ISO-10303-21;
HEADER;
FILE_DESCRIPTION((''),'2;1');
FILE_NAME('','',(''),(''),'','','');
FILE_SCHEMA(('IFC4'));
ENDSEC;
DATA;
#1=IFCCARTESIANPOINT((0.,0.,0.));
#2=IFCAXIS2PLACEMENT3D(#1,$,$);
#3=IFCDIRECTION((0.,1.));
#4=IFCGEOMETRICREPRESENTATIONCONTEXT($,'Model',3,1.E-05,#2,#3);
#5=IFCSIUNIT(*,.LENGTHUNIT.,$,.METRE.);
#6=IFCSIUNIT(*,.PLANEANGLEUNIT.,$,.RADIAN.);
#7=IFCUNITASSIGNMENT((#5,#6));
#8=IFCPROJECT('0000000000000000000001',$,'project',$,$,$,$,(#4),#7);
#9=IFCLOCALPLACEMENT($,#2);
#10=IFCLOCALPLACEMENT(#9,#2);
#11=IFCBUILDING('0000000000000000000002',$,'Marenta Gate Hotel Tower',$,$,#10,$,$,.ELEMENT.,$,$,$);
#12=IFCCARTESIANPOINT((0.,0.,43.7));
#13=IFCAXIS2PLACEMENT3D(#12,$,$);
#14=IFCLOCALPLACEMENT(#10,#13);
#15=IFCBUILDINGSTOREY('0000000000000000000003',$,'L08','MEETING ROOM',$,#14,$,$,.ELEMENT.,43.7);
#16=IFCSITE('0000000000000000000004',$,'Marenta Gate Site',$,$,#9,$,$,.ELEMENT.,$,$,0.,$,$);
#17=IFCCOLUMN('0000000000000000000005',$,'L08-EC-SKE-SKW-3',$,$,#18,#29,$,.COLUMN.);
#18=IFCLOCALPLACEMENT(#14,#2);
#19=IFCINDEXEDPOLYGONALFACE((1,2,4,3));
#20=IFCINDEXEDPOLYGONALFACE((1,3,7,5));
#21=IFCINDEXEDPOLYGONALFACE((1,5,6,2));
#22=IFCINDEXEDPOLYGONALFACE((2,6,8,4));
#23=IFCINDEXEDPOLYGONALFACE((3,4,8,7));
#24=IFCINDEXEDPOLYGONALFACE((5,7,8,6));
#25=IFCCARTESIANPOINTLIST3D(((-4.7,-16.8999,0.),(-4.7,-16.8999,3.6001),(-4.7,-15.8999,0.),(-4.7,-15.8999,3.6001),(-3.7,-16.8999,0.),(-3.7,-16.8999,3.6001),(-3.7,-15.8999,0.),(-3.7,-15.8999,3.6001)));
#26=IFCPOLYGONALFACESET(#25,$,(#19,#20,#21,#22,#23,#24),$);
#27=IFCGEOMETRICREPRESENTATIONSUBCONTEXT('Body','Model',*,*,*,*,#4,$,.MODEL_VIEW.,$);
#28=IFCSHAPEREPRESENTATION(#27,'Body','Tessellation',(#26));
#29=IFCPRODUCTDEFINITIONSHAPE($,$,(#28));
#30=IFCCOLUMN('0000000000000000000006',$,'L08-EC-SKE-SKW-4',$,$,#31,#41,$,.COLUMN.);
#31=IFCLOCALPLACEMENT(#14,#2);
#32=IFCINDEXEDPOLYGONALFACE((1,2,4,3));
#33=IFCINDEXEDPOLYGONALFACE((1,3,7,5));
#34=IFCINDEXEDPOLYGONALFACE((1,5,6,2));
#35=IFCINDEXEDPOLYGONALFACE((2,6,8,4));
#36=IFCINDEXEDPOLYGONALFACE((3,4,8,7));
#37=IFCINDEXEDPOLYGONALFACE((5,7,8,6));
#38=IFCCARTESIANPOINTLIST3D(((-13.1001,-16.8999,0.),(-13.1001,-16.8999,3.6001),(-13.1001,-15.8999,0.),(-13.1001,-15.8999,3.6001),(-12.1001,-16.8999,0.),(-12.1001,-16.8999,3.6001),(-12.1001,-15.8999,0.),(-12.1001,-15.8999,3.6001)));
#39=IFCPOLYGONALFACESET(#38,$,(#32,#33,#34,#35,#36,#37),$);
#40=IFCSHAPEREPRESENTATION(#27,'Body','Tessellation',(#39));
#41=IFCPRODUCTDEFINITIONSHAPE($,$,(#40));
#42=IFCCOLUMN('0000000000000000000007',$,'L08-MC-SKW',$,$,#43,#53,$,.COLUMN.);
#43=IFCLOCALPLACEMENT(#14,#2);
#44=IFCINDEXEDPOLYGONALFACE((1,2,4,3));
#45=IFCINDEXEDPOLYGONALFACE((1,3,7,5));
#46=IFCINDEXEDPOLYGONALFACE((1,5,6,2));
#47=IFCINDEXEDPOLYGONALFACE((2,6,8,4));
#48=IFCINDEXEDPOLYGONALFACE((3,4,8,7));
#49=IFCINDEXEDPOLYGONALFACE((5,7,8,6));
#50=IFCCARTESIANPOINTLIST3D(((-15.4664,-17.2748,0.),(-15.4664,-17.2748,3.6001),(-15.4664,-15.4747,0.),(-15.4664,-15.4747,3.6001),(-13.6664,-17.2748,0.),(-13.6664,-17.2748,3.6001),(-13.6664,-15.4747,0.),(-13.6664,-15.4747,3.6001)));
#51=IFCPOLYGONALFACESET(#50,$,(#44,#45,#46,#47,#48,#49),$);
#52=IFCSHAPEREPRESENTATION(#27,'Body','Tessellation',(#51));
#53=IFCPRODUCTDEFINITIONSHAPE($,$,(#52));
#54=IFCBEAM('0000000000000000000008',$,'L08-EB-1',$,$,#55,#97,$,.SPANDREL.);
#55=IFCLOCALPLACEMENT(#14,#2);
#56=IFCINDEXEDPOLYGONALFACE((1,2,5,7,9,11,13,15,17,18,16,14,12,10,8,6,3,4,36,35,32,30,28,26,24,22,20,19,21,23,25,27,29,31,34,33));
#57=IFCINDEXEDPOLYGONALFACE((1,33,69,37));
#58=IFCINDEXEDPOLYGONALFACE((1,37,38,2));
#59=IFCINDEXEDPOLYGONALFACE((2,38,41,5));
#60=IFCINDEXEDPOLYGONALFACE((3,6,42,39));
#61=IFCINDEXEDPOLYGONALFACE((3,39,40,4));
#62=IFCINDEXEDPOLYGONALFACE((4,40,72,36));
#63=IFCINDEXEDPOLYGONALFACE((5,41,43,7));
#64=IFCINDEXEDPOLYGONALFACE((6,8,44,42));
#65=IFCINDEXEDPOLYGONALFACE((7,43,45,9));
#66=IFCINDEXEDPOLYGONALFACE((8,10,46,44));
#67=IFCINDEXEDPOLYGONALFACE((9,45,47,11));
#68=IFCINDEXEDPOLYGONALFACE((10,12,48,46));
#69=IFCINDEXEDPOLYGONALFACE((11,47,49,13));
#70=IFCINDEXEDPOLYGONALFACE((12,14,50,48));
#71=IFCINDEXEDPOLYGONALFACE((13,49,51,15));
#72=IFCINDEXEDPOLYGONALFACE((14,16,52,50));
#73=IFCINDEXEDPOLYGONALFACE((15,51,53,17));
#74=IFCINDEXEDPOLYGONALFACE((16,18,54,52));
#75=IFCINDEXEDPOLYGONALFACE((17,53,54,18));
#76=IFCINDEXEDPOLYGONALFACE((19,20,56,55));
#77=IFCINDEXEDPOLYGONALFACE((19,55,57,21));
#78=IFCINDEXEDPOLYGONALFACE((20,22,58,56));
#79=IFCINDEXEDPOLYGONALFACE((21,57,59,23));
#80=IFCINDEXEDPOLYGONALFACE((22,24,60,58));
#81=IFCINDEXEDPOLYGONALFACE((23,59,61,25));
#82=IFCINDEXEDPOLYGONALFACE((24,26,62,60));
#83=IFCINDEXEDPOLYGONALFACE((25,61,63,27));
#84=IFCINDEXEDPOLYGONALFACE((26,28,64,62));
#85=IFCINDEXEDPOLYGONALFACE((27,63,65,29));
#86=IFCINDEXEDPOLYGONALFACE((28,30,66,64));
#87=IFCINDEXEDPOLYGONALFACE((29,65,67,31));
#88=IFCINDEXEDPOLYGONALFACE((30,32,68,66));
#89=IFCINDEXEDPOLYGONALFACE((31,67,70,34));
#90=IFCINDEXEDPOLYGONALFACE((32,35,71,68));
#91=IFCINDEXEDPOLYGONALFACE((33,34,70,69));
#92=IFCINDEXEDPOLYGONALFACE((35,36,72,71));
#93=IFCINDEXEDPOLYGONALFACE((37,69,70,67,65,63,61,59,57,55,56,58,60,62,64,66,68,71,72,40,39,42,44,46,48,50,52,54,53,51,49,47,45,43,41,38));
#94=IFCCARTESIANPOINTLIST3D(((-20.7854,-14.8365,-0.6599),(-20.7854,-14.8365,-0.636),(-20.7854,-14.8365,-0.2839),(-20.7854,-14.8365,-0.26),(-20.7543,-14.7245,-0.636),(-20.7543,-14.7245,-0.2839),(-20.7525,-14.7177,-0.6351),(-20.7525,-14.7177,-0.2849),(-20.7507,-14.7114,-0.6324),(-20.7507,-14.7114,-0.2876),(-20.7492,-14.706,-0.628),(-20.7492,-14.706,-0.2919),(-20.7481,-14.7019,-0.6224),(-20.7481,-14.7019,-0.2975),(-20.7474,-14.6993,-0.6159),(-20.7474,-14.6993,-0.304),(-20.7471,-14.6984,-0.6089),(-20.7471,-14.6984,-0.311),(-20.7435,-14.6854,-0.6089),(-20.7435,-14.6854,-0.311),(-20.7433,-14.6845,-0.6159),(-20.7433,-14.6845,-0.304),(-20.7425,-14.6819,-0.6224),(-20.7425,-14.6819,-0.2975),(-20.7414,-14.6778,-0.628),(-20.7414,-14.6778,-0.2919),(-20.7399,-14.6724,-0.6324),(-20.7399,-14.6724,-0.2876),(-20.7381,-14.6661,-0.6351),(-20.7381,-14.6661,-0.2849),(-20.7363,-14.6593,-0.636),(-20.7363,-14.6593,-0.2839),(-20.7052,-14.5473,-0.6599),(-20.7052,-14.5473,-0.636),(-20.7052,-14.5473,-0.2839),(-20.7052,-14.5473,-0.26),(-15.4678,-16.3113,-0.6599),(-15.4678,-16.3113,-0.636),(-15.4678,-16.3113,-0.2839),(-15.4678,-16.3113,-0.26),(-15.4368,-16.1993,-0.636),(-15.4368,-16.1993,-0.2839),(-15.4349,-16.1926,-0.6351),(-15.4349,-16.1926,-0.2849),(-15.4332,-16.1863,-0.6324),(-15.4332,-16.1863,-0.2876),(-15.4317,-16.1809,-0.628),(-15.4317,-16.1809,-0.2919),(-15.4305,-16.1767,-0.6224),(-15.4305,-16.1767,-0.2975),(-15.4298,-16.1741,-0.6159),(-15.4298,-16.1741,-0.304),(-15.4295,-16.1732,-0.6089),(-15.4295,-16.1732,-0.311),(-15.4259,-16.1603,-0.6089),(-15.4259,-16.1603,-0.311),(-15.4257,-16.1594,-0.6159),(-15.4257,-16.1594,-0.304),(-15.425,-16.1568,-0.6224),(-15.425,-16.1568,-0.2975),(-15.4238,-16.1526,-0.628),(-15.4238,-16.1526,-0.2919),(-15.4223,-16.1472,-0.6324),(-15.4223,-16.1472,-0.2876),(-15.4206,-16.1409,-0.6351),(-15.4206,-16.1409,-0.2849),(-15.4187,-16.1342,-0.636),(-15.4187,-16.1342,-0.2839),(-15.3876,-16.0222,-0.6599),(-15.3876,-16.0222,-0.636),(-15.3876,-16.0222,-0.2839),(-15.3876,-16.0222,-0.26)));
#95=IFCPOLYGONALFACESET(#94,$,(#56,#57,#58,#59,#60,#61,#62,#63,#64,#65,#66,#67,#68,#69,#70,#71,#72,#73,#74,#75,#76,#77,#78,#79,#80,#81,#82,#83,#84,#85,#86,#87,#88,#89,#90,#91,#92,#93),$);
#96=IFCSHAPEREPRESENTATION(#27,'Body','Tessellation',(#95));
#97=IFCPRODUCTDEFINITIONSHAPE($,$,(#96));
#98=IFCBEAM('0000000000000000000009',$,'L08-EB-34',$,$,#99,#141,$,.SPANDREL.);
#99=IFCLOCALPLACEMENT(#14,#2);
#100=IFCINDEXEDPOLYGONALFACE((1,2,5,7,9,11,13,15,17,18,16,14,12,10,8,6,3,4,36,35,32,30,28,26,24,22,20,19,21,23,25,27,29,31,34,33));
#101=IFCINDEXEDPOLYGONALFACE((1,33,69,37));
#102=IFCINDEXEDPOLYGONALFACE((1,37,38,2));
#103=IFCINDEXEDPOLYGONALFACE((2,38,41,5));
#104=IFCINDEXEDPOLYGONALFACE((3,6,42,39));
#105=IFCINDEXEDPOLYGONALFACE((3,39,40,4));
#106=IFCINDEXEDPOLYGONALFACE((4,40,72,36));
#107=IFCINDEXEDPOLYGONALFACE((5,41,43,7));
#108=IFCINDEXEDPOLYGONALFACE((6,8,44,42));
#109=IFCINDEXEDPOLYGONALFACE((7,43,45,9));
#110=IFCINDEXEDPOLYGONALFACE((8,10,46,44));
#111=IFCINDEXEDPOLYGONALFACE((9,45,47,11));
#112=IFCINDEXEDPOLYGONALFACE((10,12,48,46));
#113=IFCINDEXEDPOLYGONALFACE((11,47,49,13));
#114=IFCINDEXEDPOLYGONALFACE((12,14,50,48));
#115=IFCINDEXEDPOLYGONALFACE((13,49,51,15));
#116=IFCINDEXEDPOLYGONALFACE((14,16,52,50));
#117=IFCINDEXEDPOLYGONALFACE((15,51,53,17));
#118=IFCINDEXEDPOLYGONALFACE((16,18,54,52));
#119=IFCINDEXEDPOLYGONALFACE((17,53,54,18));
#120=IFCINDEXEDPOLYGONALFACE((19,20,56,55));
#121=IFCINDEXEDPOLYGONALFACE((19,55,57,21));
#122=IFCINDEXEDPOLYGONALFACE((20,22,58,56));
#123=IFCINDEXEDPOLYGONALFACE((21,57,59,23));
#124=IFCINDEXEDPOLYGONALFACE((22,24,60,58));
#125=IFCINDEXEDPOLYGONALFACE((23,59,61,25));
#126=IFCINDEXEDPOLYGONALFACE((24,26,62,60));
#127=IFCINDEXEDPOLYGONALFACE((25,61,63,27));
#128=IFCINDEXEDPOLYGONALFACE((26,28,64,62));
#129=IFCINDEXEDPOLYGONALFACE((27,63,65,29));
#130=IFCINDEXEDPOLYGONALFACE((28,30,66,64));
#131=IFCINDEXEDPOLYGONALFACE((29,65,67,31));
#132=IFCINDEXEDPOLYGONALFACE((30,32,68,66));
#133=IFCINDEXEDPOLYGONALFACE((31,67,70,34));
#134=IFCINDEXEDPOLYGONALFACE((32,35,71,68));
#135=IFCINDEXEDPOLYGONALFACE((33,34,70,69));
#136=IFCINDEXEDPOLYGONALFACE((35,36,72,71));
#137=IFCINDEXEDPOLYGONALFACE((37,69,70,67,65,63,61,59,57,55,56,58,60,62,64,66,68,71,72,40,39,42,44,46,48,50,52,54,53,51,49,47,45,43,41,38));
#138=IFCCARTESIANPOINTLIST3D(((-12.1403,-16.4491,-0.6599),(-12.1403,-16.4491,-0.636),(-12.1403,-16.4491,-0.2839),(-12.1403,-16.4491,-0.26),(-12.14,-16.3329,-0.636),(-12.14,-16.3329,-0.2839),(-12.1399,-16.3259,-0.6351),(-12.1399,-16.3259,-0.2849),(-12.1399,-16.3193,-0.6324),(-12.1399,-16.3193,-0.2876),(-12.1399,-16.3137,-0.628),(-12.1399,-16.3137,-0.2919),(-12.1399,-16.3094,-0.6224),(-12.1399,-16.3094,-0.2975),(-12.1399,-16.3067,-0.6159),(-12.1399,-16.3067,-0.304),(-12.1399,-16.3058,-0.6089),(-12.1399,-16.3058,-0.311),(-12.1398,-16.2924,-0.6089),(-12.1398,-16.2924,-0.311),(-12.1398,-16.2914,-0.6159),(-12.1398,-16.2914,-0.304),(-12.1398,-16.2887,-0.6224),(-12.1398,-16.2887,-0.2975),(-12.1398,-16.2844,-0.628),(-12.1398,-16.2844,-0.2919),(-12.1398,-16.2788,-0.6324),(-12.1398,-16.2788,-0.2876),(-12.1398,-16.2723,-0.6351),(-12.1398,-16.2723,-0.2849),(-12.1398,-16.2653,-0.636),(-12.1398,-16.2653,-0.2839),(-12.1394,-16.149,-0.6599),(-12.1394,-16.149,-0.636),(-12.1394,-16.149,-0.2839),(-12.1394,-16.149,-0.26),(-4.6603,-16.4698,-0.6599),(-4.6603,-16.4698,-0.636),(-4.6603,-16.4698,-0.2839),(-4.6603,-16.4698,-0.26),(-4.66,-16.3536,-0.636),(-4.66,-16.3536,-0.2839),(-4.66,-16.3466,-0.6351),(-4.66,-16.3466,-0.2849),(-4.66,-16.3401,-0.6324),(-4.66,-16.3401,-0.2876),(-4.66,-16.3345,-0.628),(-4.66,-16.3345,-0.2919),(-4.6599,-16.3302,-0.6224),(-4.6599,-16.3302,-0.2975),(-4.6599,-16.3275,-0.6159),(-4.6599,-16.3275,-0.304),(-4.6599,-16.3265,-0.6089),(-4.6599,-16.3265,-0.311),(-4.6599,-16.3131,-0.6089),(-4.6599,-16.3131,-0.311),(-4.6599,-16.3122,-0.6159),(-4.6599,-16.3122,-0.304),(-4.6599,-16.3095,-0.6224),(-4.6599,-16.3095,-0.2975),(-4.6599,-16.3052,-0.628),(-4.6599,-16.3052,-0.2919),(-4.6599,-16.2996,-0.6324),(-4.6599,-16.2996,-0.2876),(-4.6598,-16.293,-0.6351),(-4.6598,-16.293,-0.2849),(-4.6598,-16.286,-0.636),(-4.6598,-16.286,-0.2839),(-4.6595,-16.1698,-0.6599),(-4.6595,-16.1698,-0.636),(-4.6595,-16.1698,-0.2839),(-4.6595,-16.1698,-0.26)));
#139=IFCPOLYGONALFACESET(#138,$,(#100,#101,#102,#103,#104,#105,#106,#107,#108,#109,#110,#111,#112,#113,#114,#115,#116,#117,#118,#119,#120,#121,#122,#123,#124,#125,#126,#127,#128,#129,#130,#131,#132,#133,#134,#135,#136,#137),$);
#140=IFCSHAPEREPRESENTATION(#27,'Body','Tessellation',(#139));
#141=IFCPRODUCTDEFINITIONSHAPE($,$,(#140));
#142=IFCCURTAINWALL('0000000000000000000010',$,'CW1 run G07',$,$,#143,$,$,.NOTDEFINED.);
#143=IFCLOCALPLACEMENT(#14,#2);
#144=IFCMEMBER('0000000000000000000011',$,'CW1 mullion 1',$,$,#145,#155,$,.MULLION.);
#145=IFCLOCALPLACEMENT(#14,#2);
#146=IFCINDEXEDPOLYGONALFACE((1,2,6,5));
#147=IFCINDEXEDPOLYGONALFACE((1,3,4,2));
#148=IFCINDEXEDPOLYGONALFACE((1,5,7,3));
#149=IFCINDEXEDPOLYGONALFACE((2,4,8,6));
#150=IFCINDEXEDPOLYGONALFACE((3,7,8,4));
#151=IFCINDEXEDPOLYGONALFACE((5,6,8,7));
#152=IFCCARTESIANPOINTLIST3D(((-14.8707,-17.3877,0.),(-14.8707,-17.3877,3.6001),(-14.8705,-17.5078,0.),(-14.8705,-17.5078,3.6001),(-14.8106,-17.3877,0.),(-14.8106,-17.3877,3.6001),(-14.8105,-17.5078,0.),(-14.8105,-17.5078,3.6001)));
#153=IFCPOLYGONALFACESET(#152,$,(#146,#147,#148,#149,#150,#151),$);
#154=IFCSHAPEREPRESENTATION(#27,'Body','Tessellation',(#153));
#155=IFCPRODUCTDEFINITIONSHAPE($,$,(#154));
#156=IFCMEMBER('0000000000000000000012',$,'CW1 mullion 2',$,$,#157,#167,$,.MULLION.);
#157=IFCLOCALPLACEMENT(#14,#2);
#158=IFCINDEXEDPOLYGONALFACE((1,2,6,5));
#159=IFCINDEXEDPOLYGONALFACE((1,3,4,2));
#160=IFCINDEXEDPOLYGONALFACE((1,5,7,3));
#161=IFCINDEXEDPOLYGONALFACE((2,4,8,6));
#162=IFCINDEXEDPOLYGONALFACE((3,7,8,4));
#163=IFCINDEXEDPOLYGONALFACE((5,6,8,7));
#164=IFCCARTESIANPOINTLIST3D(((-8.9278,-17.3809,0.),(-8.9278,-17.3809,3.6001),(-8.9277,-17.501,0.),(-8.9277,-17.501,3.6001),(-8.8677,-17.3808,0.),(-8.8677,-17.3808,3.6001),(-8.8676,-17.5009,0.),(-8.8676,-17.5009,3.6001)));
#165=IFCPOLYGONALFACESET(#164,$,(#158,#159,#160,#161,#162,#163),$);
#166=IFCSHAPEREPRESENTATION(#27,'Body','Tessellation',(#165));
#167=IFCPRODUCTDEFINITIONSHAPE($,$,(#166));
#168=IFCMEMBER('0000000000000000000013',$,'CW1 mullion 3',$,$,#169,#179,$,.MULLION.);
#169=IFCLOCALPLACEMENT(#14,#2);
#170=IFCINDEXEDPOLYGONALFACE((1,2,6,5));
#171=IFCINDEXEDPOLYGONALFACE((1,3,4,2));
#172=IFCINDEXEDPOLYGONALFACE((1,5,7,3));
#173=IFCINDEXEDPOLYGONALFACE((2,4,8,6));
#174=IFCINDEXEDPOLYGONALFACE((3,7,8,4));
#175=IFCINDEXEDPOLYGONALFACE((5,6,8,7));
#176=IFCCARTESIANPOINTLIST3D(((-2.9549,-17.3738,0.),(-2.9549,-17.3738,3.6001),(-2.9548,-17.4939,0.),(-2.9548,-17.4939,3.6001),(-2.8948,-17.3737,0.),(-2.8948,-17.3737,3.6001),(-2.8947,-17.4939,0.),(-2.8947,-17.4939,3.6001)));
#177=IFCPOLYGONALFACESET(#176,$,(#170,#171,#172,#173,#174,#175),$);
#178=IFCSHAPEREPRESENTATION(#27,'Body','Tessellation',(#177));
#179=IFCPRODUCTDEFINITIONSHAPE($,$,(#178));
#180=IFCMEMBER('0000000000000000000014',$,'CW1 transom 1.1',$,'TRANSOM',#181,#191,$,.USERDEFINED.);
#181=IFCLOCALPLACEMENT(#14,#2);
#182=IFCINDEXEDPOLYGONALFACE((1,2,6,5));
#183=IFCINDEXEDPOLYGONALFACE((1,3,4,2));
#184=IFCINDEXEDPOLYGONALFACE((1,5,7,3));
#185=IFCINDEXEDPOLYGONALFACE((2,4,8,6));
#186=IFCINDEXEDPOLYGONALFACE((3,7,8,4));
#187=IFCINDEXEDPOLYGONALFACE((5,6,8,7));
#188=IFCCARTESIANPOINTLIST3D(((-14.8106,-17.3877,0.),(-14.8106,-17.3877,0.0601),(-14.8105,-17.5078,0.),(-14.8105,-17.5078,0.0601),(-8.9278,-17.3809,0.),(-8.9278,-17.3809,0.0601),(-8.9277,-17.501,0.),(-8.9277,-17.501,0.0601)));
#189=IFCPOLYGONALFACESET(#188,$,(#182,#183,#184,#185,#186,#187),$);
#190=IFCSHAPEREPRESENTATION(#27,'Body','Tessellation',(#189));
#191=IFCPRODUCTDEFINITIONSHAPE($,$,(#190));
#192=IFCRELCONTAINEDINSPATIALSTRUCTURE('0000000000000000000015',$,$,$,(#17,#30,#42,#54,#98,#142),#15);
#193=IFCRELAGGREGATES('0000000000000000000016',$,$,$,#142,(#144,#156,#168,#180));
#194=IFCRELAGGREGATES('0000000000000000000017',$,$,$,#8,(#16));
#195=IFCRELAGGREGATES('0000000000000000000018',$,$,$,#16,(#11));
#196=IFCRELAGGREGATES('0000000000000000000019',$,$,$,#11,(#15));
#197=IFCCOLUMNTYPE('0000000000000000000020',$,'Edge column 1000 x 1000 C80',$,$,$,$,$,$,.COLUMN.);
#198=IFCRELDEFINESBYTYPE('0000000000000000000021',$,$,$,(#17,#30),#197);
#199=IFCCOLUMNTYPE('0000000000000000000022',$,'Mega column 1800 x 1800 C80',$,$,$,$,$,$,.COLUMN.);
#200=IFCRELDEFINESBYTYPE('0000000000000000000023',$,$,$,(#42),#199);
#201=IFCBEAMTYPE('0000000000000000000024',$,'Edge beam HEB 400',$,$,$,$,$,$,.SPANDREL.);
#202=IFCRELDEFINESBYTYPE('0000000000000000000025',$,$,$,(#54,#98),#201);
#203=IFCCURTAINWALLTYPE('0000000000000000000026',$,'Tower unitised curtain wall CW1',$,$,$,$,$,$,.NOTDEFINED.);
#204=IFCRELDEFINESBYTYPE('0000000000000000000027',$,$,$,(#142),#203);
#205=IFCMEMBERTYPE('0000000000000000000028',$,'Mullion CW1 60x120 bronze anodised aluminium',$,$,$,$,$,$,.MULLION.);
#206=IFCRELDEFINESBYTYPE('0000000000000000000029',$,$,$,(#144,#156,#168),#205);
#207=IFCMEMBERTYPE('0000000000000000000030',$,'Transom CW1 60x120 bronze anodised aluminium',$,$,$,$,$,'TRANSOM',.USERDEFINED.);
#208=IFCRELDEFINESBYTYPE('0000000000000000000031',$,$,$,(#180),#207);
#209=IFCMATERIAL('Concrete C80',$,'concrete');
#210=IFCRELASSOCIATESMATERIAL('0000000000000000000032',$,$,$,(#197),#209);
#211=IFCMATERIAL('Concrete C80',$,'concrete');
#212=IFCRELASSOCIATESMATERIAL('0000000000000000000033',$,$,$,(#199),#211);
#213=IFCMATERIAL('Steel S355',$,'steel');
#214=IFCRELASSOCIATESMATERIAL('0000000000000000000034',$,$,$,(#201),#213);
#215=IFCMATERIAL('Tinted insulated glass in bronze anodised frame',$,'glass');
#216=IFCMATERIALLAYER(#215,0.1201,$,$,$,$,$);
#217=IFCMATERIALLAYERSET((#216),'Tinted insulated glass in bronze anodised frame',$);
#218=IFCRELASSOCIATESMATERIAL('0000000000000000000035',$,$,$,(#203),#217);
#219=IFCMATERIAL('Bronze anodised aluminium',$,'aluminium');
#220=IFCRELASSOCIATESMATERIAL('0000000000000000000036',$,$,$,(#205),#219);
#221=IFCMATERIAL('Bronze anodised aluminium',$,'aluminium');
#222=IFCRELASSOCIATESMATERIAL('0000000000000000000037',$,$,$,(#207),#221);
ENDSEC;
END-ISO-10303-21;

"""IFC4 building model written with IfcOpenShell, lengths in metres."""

from ifc_helpers import new_model, si_unit, direction, frame, origin, origin_2d, place, context, subcontext, project, spatial, rectangle, i_section, extrude, material, layer, layer_set, material_profile, profile_set, type_object, element, aggregate, save


model = new_model("IFC4")

# Units and contexts
model_context = context("Model", 3, precision=1e-05, world=origin(), true_north=direction((0.0, 1.0)))
body_context = subcontext(model_context, "Body", "Model", "MODEL_VIEW")
ifc_project = project(units=[si_unit("LENGTHUNIT", "METRE"), si_unit("PLANEANGLEUNIT", "RADIAN")], contexts=[model_context])

# Site, building, storey
site_placement = place(None, origin())
site = spatial("IfcSite", under=ifc_project, at=site_placement, Name="Marenta Gate Site", CompositionType="ELEMENT", RefElevation=0.0)
building_placement = place(site_placement, origin())
building = spatial("IfcBuilding", under=site, at=building_placement, Name="Marenta Gate Hotel Tower", CompositionType="ELEMENT")
storey_placement = place(building_placement, frame((0.0, 0.0, 43.7)))
storey = spatial("IfcBuildingStorey", under=building, at=storey_placement, Name="L08", Description="MEETING ROOM", CompositionType="ELEMENT", Elevation=43.7)

# Columns
ifc_material_1 = material(Name="Concrete C80", Category="concrete")
ifc_material_profile_1 = material_profile(ifc_material_1, rectangle(XDim=1.0, YDim=1.0, at=origin_2d()), Name="1000 x 1000")
ifc_profile_set_1 = profile_set([ifc_material_profile_1], Name="Concrete C80")
column_type_1 = type_object("IfcColumnType", Name="Edge column 1000 x 1000 C80", PredefinedType="COLUMN", material=ifc_profile_set_1)
for number, where, z_axis, x_axis, name in (
    (1, (-4.2, -16.3999, 0.0), (0.0, 0.0, 1.0), (1.0, 0.0, 0.0), "L08-EC-SKE-SKW-3"),
    (2, (-12.6001, -16.3999, 0.0), (0.0, 0.0, 1.0), (1.0, 0.0, 0.0), "L08-EC-SKE-SKW-4"),
):
    element("IfcColumn", number, at=place(storey_placement, frame(where, z_axis=z_axis, x_axis=x_axis)), inside=storey, type_object=column_type_1, Name=name, PredefinedType="COLUMN", context=body_context, shape_type="SweptSolid", body=[
        extrude(rectangle(XDim=1.0, YDim=1.0, at=origin_2d()), origin(), (0.0, 0.0, 1.0), 3.6001),
    ])
ifc_material_2 = material(Name="Concrete C80", Category="concrete")
ifc_material_profile_2 = material_profile(ifc_material_2, rectangle(XDim=1.8, YDim=1.8, at=origin_2d()), Name="1800 x 1800")
ifc_profile_set_2 = profile_set([ifc_material_profile_2], Name="Concrete C80")
column_type_2 = type_object("IfcColumnType", Name="Mega column 1800 x 1800 C80", PredefinedType="COLUMN", material=ifc_profile_set_2)
column_placement = place(storey_placement, frame((-14.5664, -16.3748, 0.0), z_axis=(0.0, 0.0, 1.0), x_axis=(1.0, 0.0, 0.0)))
element("IfcColumn", 3, at=column_placement, inside=storey, type_object=column_type_2, Name="L08-MC-SKW", PredefinedType="COLUMN", context=body_context, shape_type="SweptSolid", body=[
    extrude(rectangle(XDim=1.8, YDim=1.8, at=origin_2d()), origin(), (0.0, 0.0, 1.0), 3.6001),
])

# Beams
ifc_material_3 = material(Name="Steel S355", Category="steel")
ifc_material_profile_3 = material_profile(ifc_material_3, i_section(OverallWidth=0.3, OverallDepth=0.3999, WebThickness=0.0134, FlangeThickness=0.0239, FilletRadius=0.0271, at=origin_2d()), Name="HEB 400")
ifc_profile_set_3 = profile_set([ifc_material_profile_3], Name="Steel S355")
beam_type = type_object("IfcBeamType", Name="Edge beam HEB 400", PredefinedType="SPANDREL", material=ifc_profile_set_3)
beam_1_placement = place(storey_placement, frame((-15.4277, -16.1667, -0.46), z_axis=(-0.963624, 0.267263, 0.0), x_axis=(-0.267263, -0.963624, 0.0)))
element("IfcBeam", 4, at=beam_1_placement, inside=storey, type_object=beam_type, Name="L08-EB-1", PredefinedType="SPANDREL", context=body_context, shape_type="SweptSolid", body=[
    extrude(i_section(OverallWidth=0.3, OverallDepth=0.3999, WebThickness=0.0134, FlangeThickness=0.0239, FilletRadius=0.0271, at=origin_2d()), origin(), (0.0, 0.0, 1.0), 5.5183),
])
beam_2_placement = place(storey_placement, frame((-4.6599, -16.3198, -0.46), z_axis=(-0.999996, 0.002774, 0.0), x_axis=(-0.002774, -0.999996, 0.0)))
element("IfcBeam", 5, at=beam_2_placement, inside=storey, type_object=beam_type, Name="L08-EB-34", PredefinedType="SPANDREL", context=body_context, shape_type="SweptSolid", body=[
    extrude(i_section(OverallWidth=0.3, OverallDepth=0.3999, WebThickness=0.0134, FlangeThickness=0.0239, FilletRadius=0.0271, at=origin_2d()), origin(), (0.0, 0.0, 1.0), 7.48),
])

# Curtain wall, members
ifc_material_4 = material(Name="Tinted insulated glass in bronze anodised frame", Category="glass")
ifc_layer_1 = layer(ifc_material_4, 0.1201)
ifc_layer_set_1 = layer_set([ifc_layer_1], Name="Tinted insulated glass in bronze anodised frame")
curtain_wall_type = type_object("IfcCurtainWallType", Name="Tower unitised curtain wall CW1", PredefinedType="NOTDEFINED", material=ifc_layer_set_1)
curtain_wall_placement = place(storey_placement, origin())
curtain_wall = element("IfcCurtainWall", 6, at=curtain_wall_placement, inside=storey, type_object=curtain_wall_type, Name="CW1 run G07", PredefinedType="NOTDEFINED")
ifc_material_5 = material(Name="Bronze anodised aluminium", Category="aluminium")
ifc_material_profile_4 = material_profile(ifc_material_5, rectangle(XDim=0.1201, YDim=0.0601, at=origin_2d()), Name="Mullion CW1 60x120 bronze anodised aluminium")
ifc_profile_set_4 = profile_set([ifc_material_profile_4], Name="Bronze anodised aluminium")
member_type_1 = type_object("IfcMemberType", Name="Mullion CW1 60x120 bronze anodised aluminium", PredefinedType="MULLION", material=ifc_profile_set_4)
member_1_placement = place(storey_placement, frame((-14.8406, -17.4478, 0.0), z_axis=(0.0, 0.0, 1.0), x_axis=(-0.001162, 0.999999, 0.0)))
member_1 = element("IfcMember", 7, at=member_1_placement, type_object=member_type_1, Name="CW1 mullion 1", PredefinedType="MULLION", context=body_context, shape_type="SweptSolid", body=[
    extrude(rectangle(XDim=0.1201, YDim=0.0601, at=origin_2d()), origin(), (0.0, 0.0, 1.0), 3.6001),
])
member_2_placement = place(storey_placement, frame((-8.8977, -17.4409, 0.0), z_axis=(0.0, 0.0, 1.0), x_axis=(-0.001162, 0.999999, 0.0)))
member_2 = element("IfcMember", 8, at=member_2_placement, type_object=member_type_1, Name="CW1 mullion 2", PredefinedType="MULLION", context=body_context, shape_type="SweptSolid", body=[
    extrude(rectangle(XDim=0.1201, YDim=0.0601, at=origin_2d()), origin(), (0.0, 0.0, 1.0), 3.6001),
])
member_3_placement = place(storey_placement, frame((-2.9248, -17.4338, 0.0), z_axis=(0.0, 0.0, 1.0), x_axis=(-0.001162, 0.999999, 0.0)))
member_3 = element("IfcMember", 9, at=member_3_placement, type_object=member_type_1, Name="CW1 mullion 3", PredefinedType="MULLION", context=body_context, shape_type="SweptSolid", body=[
    extrude(rectangle(XDim=0.1201, YDim=0.0601, at=origin_2d()), origin(), (0.0, 0.0, 1.0), 3.6001),
])
ifc_material_6 = material(Name="Bronze anodised aluminium", Category="aluminium")
ifc_material_profile_5 = material_profile(ifc_material_6, rectangle(XDim=0.1201, YDim=0.0601, at=origin_2d()), Name="Transom CW1 60x120 bronze anodised aluminium")
ifc_profile_set_5 = profile_set([ifc_material_profile_5], Name="Bronze anodised aluminium")
member_type_2 = type_object("IfcMemberType", Name="Transom CW1 60x120 bronze anodised aluminium", ElementType="TRANSOM", PredefinedType="USERDEFINED", material=ifc_profile_set_5)
member_4_placement = place(storey_placement, frame((-14.8105, -17.4478, 0.03), z_axis=(0.999999, 0.001162, 0.0), x_axis=(-0.001162, 0.999999, 0.0)))
member_4 = element("IfcMember", 10, at=member_4_placement, type_object=member_type_2, Name="CW1 transom 1.1", ObjectType="TRANSOM", PredefinedType="USERDEFINED", context=body_context, shape_type="SweptSolid", body=[
    extrude(rectangle(XDim=0.1201, YDim=0.0601, at=origin_2d()), origin(), (0.0, 0.0, 1.0), 5.8828),
])
aggregate(curtain_wall, [member_1, member_2, member_3, member_4])

save(model, "model.ifc")
